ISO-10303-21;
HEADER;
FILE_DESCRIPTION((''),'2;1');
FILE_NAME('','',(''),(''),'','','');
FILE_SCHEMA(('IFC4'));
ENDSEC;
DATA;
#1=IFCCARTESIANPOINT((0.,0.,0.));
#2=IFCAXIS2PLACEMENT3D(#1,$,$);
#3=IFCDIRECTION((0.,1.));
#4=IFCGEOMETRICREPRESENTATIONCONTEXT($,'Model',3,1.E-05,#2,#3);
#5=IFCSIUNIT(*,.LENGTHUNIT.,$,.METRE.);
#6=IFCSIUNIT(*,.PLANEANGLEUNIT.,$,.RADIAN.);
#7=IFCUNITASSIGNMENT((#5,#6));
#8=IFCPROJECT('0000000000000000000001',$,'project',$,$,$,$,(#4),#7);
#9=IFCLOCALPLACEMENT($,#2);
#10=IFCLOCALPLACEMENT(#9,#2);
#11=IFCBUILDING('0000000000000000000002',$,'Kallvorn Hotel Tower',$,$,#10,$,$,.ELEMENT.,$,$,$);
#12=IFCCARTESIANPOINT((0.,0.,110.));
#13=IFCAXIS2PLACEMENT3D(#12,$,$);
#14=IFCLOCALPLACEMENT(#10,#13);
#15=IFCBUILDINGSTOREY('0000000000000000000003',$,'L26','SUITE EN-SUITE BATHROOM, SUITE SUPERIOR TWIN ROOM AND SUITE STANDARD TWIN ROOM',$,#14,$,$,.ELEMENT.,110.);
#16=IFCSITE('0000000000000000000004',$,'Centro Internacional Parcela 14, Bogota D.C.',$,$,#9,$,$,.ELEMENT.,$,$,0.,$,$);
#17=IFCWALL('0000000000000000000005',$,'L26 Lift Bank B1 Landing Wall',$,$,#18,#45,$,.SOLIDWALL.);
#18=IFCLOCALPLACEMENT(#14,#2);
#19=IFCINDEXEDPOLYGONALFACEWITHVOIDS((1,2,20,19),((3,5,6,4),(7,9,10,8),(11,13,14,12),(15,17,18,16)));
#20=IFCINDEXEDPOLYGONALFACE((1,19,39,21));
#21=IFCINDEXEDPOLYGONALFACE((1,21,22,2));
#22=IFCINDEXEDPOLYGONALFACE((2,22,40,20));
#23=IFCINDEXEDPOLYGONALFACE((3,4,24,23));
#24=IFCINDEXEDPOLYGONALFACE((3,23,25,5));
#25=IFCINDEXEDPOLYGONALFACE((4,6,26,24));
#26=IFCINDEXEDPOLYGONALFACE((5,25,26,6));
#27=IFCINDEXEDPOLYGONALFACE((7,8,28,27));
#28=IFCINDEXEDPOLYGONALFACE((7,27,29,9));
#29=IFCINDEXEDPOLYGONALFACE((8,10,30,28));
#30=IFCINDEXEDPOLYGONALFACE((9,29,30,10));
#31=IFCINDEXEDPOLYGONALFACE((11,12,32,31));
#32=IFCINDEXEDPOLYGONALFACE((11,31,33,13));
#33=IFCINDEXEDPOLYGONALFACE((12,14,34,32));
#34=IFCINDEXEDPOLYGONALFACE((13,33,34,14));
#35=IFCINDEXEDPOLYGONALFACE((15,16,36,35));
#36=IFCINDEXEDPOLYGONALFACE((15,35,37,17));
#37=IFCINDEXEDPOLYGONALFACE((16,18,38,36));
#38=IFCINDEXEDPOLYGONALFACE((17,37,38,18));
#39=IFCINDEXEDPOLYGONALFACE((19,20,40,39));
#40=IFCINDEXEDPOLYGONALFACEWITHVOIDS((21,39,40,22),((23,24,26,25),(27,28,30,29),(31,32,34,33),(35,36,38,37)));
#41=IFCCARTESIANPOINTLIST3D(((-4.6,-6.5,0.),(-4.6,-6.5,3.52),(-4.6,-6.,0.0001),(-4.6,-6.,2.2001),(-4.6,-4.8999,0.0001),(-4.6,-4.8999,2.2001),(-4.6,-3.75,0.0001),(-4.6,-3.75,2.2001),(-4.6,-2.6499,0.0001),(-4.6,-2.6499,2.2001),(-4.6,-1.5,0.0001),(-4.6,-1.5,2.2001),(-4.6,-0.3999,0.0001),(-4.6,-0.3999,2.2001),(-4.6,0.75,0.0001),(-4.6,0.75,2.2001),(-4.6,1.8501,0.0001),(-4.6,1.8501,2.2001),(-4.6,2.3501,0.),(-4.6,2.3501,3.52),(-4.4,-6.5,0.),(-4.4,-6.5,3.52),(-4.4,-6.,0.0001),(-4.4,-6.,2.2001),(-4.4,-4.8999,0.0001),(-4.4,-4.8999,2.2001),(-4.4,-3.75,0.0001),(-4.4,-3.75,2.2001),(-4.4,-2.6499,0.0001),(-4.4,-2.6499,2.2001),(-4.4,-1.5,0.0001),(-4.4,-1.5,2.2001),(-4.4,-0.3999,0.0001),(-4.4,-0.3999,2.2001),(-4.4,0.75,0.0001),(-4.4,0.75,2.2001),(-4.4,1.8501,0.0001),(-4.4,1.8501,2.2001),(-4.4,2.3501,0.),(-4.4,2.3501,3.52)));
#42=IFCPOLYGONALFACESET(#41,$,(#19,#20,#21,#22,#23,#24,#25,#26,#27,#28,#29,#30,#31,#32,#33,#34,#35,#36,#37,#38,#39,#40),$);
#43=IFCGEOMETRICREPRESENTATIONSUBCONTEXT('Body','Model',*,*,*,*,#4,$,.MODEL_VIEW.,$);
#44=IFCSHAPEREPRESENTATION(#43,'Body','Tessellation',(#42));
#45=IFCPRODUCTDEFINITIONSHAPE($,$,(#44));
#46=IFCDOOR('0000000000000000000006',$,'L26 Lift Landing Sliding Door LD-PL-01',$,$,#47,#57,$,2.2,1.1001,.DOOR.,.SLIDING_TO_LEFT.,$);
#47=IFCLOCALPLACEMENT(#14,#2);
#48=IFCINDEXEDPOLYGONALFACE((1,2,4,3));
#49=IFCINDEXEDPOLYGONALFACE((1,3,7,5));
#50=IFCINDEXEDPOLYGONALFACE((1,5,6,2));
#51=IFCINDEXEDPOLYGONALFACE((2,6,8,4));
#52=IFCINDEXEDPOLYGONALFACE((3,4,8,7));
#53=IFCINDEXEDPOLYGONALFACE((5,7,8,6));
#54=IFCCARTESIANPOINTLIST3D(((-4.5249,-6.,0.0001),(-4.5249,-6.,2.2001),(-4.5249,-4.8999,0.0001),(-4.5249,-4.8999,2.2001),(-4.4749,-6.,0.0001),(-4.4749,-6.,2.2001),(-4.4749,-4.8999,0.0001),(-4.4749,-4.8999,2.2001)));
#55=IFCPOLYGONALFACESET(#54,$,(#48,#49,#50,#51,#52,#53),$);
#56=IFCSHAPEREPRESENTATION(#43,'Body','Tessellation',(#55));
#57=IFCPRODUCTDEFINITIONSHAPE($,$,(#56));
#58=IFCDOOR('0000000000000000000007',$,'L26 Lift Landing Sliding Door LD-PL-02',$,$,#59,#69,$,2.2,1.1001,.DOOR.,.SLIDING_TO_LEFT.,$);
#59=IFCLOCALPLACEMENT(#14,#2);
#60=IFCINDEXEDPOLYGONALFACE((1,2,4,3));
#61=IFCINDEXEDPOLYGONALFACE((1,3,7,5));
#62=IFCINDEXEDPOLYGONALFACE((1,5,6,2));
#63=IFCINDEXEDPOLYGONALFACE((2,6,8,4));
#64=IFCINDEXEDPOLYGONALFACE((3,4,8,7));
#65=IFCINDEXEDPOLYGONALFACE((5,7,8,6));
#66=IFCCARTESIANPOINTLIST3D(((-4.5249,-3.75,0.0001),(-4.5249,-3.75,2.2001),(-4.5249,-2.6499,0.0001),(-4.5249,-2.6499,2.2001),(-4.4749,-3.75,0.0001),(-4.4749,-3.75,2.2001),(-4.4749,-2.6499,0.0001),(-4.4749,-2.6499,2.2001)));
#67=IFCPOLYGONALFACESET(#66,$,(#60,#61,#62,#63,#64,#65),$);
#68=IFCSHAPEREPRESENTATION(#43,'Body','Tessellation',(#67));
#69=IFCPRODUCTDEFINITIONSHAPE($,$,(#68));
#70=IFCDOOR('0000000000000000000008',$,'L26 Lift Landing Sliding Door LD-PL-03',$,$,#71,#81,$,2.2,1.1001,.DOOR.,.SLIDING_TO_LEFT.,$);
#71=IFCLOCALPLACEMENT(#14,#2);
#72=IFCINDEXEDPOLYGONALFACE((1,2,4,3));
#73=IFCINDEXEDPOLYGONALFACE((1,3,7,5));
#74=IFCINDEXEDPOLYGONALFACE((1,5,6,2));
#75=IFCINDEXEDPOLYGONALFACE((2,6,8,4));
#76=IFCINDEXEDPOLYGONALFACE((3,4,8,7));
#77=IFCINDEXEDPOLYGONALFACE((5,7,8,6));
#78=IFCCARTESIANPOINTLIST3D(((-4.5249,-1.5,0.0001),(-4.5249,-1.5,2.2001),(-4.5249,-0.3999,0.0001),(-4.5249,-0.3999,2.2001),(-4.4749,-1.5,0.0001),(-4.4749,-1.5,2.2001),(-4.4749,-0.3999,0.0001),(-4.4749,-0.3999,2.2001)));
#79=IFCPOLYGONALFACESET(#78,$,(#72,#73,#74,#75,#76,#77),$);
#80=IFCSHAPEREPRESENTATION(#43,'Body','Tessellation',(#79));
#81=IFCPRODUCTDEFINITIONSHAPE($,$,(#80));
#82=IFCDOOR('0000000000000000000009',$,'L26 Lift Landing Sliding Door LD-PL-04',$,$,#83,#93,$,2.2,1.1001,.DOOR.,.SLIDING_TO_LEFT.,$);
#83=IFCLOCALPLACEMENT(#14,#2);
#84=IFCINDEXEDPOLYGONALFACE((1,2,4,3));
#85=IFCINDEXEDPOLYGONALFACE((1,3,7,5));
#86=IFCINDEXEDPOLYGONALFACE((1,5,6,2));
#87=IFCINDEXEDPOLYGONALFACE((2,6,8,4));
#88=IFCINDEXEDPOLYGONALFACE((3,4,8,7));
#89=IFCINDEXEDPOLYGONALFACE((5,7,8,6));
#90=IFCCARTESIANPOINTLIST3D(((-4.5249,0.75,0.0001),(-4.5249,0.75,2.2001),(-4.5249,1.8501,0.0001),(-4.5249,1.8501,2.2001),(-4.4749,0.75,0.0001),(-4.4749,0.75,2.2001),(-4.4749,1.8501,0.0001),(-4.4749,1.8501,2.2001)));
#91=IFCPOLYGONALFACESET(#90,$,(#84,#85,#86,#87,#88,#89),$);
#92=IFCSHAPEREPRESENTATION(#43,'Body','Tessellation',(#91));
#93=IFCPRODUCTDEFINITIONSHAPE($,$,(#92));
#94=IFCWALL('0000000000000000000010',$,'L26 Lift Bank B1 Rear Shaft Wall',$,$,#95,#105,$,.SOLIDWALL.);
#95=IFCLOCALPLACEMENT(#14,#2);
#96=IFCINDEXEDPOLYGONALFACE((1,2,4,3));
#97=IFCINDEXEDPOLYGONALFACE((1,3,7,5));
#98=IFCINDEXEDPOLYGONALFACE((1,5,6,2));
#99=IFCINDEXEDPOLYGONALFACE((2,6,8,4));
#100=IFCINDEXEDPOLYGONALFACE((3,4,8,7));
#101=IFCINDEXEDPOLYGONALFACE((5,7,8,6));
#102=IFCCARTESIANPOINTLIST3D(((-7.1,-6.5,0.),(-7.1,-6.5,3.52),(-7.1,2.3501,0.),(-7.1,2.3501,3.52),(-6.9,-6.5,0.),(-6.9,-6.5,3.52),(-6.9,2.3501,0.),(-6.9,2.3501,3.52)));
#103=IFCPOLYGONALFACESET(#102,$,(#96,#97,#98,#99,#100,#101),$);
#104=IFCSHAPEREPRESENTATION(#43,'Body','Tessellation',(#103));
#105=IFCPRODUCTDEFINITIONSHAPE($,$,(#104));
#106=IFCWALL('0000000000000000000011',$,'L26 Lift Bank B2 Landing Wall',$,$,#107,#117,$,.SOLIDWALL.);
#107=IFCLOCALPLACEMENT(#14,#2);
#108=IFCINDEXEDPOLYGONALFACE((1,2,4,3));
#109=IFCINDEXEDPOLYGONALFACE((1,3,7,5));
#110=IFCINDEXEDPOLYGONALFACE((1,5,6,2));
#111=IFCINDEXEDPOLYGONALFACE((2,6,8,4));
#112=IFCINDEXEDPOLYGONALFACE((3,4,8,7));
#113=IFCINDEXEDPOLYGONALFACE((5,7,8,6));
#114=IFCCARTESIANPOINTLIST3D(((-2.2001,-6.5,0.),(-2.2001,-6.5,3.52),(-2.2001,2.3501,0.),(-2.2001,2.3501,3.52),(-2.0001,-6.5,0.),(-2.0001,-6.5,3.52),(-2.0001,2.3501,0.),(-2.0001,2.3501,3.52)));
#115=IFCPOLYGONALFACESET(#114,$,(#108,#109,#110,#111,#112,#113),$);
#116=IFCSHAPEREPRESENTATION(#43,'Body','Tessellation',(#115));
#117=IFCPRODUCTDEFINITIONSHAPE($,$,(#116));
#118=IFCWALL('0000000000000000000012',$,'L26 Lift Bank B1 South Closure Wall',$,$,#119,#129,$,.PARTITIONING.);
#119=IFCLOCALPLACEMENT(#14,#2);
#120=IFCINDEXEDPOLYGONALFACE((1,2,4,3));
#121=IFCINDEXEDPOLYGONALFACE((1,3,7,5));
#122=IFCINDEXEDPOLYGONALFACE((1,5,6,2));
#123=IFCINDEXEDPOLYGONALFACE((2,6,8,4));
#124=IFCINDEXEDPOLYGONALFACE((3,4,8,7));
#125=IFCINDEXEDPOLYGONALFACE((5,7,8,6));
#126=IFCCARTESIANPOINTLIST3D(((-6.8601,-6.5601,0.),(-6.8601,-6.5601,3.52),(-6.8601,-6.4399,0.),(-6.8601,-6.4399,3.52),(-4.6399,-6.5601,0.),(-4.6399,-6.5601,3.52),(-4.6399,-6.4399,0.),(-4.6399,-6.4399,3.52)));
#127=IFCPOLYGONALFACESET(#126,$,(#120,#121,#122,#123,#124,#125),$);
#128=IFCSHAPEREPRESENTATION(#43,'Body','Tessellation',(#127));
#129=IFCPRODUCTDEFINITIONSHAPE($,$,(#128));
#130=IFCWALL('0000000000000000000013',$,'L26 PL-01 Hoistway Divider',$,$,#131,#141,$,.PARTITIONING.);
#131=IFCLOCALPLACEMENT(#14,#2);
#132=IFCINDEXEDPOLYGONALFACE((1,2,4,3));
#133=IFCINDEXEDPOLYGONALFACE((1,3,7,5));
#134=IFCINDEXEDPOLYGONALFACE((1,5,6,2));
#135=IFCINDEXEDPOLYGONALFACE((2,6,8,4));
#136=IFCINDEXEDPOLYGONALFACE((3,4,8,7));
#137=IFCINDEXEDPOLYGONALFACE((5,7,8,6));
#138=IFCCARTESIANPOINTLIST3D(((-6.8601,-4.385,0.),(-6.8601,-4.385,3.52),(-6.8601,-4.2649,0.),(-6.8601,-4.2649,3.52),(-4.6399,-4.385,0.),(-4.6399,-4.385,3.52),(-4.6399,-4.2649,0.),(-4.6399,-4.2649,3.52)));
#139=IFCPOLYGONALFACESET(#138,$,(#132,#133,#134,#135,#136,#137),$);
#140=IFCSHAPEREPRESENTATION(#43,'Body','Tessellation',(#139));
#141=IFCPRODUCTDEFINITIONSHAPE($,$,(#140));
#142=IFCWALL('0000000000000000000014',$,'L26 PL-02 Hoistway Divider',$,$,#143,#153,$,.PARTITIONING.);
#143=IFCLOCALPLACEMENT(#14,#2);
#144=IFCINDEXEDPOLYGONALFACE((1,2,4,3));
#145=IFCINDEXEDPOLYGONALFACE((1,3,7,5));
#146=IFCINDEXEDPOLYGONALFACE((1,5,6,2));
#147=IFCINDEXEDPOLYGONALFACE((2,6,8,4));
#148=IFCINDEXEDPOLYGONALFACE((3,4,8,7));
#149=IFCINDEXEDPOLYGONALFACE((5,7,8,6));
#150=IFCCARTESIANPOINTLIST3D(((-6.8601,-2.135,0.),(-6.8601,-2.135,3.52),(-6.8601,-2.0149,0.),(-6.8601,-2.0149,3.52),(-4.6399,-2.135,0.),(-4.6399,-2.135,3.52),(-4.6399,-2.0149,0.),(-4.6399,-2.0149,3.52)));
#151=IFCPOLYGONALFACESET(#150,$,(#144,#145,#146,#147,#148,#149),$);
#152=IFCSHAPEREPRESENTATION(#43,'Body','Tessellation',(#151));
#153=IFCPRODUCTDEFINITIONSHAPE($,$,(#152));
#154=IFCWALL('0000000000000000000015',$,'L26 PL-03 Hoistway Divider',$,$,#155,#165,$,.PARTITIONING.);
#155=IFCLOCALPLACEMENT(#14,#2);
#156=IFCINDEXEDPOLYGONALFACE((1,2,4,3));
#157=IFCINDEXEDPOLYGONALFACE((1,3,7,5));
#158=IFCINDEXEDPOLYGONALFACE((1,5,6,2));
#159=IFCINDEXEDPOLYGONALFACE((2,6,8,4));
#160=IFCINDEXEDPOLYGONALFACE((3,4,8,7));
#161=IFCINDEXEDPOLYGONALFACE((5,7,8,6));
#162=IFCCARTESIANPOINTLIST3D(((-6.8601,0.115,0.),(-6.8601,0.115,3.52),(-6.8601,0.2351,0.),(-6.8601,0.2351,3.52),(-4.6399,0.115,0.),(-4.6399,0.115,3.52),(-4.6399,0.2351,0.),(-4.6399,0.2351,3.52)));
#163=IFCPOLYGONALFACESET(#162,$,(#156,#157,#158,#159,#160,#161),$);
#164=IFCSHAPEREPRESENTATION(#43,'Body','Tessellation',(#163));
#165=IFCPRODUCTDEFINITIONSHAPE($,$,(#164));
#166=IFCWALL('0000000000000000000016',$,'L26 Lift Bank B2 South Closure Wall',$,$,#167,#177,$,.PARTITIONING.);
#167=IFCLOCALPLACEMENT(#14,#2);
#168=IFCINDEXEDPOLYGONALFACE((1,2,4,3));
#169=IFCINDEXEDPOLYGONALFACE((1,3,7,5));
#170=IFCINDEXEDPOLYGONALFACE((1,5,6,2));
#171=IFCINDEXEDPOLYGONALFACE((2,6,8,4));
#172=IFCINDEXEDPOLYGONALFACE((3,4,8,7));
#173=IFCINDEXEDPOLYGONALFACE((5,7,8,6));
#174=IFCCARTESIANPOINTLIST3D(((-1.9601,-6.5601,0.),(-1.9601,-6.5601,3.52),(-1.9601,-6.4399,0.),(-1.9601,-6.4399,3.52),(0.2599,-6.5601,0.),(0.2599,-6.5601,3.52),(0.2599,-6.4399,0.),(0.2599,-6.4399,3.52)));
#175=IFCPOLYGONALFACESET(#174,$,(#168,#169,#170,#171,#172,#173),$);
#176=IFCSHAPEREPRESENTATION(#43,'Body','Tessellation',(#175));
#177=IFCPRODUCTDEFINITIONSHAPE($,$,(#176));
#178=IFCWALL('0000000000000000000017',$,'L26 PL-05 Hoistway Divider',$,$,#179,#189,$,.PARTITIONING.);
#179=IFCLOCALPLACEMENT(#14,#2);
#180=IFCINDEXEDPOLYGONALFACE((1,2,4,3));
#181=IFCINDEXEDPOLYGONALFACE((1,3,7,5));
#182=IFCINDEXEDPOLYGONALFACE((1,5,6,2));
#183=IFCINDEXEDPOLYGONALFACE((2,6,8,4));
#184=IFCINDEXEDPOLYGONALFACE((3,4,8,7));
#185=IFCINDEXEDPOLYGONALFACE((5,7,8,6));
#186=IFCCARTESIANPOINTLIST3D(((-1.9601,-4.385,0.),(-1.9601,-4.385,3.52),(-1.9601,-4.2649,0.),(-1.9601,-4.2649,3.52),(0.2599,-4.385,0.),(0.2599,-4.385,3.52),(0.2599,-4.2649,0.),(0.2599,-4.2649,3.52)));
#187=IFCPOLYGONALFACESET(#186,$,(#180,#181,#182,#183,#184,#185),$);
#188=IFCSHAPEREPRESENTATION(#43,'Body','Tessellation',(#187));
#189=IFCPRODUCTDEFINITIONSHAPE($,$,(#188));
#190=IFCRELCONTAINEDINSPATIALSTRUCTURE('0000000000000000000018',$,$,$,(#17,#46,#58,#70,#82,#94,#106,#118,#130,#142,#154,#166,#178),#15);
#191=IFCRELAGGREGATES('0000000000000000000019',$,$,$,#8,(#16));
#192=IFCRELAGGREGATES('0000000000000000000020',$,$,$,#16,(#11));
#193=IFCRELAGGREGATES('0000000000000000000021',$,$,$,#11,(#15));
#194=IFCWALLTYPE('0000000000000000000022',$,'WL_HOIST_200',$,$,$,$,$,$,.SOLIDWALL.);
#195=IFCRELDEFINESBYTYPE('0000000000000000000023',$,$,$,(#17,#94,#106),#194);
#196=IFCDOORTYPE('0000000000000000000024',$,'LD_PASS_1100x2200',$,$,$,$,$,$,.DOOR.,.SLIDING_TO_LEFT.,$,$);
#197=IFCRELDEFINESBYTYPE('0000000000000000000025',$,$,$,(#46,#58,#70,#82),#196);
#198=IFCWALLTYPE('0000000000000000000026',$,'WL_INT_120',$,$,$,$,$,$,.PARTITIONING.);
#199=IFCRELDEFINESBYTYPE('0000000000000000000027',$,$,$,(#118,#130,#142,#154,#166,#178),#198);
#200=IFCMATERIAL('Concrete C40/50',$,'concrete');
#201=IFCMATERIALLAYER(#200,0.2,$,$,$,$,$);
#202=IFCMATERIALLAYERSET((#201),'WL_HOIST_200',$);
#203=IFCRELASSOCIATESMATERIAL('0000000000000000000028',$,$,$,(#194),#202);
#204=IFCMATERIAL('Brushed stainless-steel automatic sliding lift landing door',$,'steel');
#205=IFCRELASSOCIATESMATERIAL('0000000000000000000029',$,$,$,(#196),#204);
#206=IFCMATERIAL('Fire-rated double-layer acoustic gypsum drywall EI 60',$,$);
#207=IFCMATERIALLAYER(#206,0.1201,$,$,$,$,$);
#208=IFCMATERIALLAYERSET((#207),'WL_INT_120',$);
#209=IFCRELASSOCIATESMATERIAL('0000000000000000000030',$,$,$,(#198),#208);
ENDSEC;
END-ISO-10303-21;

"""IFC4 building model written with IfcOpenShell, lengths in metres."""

from ifc_helpers import new_model, si_unit, direction, frame, frame_2d, origin, place, context, subcontext, project, spatial, rectangle, extrude, material, layer, layer_set, type_object, element, fill, save


model = new_model("IFC4")

# Units and contexts
model_context = context("Model", 3, precision=1e-05, world=origin(), true_north=direction((0.0, 1.0)))
body_context = subcontext(model_context, "Body", "Model", "MODEL_VIEW")
ifc_project = project(units=[si_unit("LENGTHUNIT", "METRE"), si_unit("PLANEANGLEUNIT", "RADIAN")], contexts=[model_context])

# Site, building, storey
site_placement = place(None, origin())
site = spatial("IfcSite", under=ifc_project, at=site_placement, Name="Centro Internacional Parcela 14, Bogota D.C.", CompositionType="ELEMENT", RefElevation=0.0)
building_placement = place(site_placement, origin())
building = spatial("IfcBuilding", under=site, at=building_placement, Name="Kallvorn Hotel Tower", CompositionType="ELEMENT")
storey_placement = place(building_placement, frame((0.0, 0.0, 110.0)))
storey = spatial("IfcBuildingStorey", under=building, at=storey_placement, Name="L26", Description="SUITE EN-SUITE BATHROOM, SUITE SUPERIOR TWIN ROOM AND SUITE STANDARD TWIN ROOM", CompositionType="ELEMENT", Elevation=110.0)

# Wall, openings, doors
ifc_material_1 = material(Name="Concrete C40/50", Category="concrete")
ifc_layer_1 = layer(ifc_material_1, 0.2)
ifc_layer_set_1 = layer_set([ifc_layer_1], Name="WL_HOIST_200")
wall_type_1 = type_object("IfcWallType", Name="WL_HOIST_200", PredefinedType="SOLIDWALL", material=ifc_layer_set_1)
wall_1_placement = place(storey_placement, frame((-4.5, -6.5, 0.0), z_axis=(0.0, 0.0, 1.0), x_axis=(0.0, 1.0, 0.0)))
wall_1 = element("IfcWall", 1, at=wall_1_placement, inside=storey, type_object=wall_type_1, Name="L26 Lift Bank B1 Landing Wall", PredefinedType="SOLIDWALL", context=body_context, shape_type="SweptSolid", body=[
    extrude(rectangle(XDim=8.8501, YDim=0.2, at=frame_2d((4.425, 0.0))), origin(), (0.0, 0.0, 1.0), 3.52),
])
opening_1_placement = place(wall_1_placement, frame((0.5, 0.0, 0.0)))
opening_1 = element("IfcOpeningElement", 2, at=opening_1_placement, cuts=wall_1, PredefinedType="OPENING", context=body_context, shape_type="SweptSolid", body=[
    extrude(rectangle(XDim=1.1001, YDim=2.2, at=frame_2d((0.55, 1.1001))), frame((0.0, 0.115, 0.0), z_axis=(0.0, -1.0, 0.0), x_axis=(1.0, 0.0, 0.0)), (0.0, 0.0, 1.0), 0.23),
])
opening_2_placement = place(wall_1_placement, frame((2.75, 0.0, 0.0)))
opening_2 = element("IfcOpeningElement", 3, at=opening_2_placement, cuts=wall_1, PredefinedType="OPENING", context=body_context, shape_type="SweptSolid", body=[
    extrude(rectangle(XDim=1.1001, YDim=2.2, at=frame_2d((0.55, 1.1001))), frame((0.0, 0.115, 0.0), z_axis=(0.0, -1.0, 0.0), x_axis=(1.0, 0.0, 0.0)), (0.0, 0.0, 1.0), 0.23),
])
opening_3_placement = place(wall_1_placement, frame((5.0, 0.0, 0.0)))
opening_3 = element("IfcOpeningElement", 4, at=opening_3_placement, cuts=wall_1, PredefinedType="OPENING", context=body_context, shape_type="SweptSolid", body=[
    extrude(rectangle(XDim=1.1001, YDim=2.2, at=frame_2d((0.55, 1.1001))), frame((0.0, 0.115, 0.0), z_axis=(0.0, -1.0, 0.0), x_axis=(1.0, 0.0, 0.0)), (0.0, 0.0, 1.0), 0.23),
])
opening_4_placement = place(wall_1_placement, frame((7.25, 0.0, 0.0)))
opening_4 = element("IfcOpeningElement", 5, at=opening_4_placement, cuts=wall_1, PredefinedType="OPENING", context=body_context, shape_type="SweptSolid", body=[
    extrude(rectangle(XDim=1.1001, YDim=2.2, at=frame_2d((0.55, 1.1001))), frame((0.0, 0.115, 0.0), z_axis=(0.0, -1.0, 0.0), x_axis=(1.0, 0.0, 0.0)), (0.0, 0.0, 1.0), 0.23),
])
ifc_material_2 = material(Name="Brushed stainless-steel automatic sliding lift landing door", Category="steel")
door_type_1 = type_object("IfcDoorType", Name="LD_PASS_1100x2200", OperationType="SLIDING_TO_LEFT", PredefinedType="DOOR", material=ifc_material_2)
door_1_placement = place(opening_1_placement, origin())
door_1 = element("IfcDoor", 6, at=door_1_placement, inside=storey, type_object=door_type_1, Name="L26 Lift Landing Sliding Door LD-PL-01", OperationType="SLIDING_TO_LEFT", OverallHeight=2.2, OverallWidth=1.1001, PredefinedType="DOOR", context=body_context, shape_type="SweptSolid", body=[
    extrude(rectangle(XDim=1.1001, YDim=2.2, at=frame_2d((0.55, 1.1001))), frame((0.0, 0.0249, 0.0), z_axis=(0.0, -1.0, 0.0), x_axis=(1.0, 0.0, 0.0)), (0.0, 0.0, 1.0), 0.05),
])
fill(opening_1, door_1)
door_2_placement = place(opening_2_placement, origin())
door_2 = element("IfcDoor", 7, at=door_2_placement, inside=storey, type_object=door_type_1, Name="L26 Lift Landing Sliding Door LD-PL-02", OperationType="SLIDING_TO_LEFT", OverallHeight=2.2, OverallWidth=1.1001, PredefinedType="DOOR", context=body_context, shape_type="SweptSolid", body=[
    extrude(rectangle(XDim=1.1001, YDim=2.2, at=frame_2d((0.55, 1.1001))), frame((0.0, 0.0249, 0.0), z_axis=(0.0, -1.0, 0.0), x_axis=(1.0, 0.0, 0.0)), (0.0, 0.0, 1.0), 0.05),
])
fill(opening_2, door_2)
door_3_placement = place(opening_3_placement, origin())
door_3 = element("IfcDoor", 8, at=door_3_placement, inside=storey, type_object=door_type_1, Name="L26 Lift Landing Sliding Door LD-PL-03", OperationType="SLIDING_TO_LEFT", OverallHeight=2.2, OverallWidth=1.1001, PredefinedType="DOOR", context=body_context, shape_type="SweptSolid", body=[
    extrude(rectangle(XDim=1.1001, YDim=2.2, at=frame_2d((0.55, 1.1001))), frame((0.0, 0.0249, 0.0), z_axis=(0.0, -1.0, 0.0), x_axis=(1.0, 0.0, 0.0)), (0.0, 0.0, 1.0), 0.05),
])
fill(opening_3, door_3)
door_4_placement = place(opening_4_placement, origin())
door_4 = element("IfcDoor", 9, at=door_4_placement, inside=storey, type_object=door_type_1, Name="L26 Lift Landing Sliding Door LD-PL-04", OperationType="SLIDING_TO_LEFT", OverallHeight=2.2, OverallWidth=1.1001, PredefinedType="DOOR", context=body_context, shape_type="SweptSolid", body=[
    extrude(rectangle(XDim=1.1001, YDim=2.2, at=frame_2d((0.55, 1.1001))), frame((0.0, 0.0249, 0.0), z_axis=(0.0, -1.0, 0.0), x_axis=(1.0, 0.0, 0.0)), (0.0, 0.0, 1.0), 0.05),
])
fill(opening_4, door_4)

# Walls
for number, where, z_axis, x_axis, name in (
    (10, (-7.0, -6.5, 0.0), (0.0, 0.0, 1.0), (0.0, 1.0, 0.0), "L26 Lift Bank B1 Rear Shaft Wall"),
    (11, (-2.1001, -6.5, 0.0), (0.0, 0.0, 1.0), (0.0, 1.0, 0.0), "L26 Lift Bank B2 Landing Wall"),
):
    element("IfcWall", number, at=place(storey_placement, frame(where, z_axis=z_axis, x_axis=x_axis)), inside=storey, type_object=wall_type_1, Name=name, PredefinedType="SOLIDWALL", context=body_context, shape_type="SweptSolid", body=[
        extrude(rectangle(XDim=8.8501, YDim=0.2, at=frame_2d((4.425, 0.0))), origin(), (0.0, 0.0, 1.0), 3.52),
    ])
ifc_material_3 = material(Name="Fire-rated double-layer acoustic gypsum drywall EI 60")
ifc_layer_2 = layer(ifc_material_3, 0.1201)
ifc_layer_set_2 = layer_set([ifc_layer_2], Name="WL_INT_120")
wall_type_2 = type_object("IfcWallType", Name="WL_INT_120", PredefinedType="PARTITIONING", material=ifc_layer_set_2)
for number, where, z_axis, x_axis, name in (
    (12, (-6.8601, -6.5, 0.0), (0.0, 0.0, 1.0), (1.0, 0.0, 0.0), "L26 Lift Bank B1 South Closure Wall"),
    (13, (-6.8601, -4.325, 0.0), (0.0, 0.0, 1.0), (1.0, 0.0, 0.0), "L26 PL-01 Hoistway Divider"),
    (14, (-6.8601, -2.075, 0.0), (0.0, 0.0, 1.0), (1.0, 0.0, 0.0), "L26 PL-02 Hoistway Divider"),
    (15, (-6.8601, 0.175, 0.0), (0.0, 0.0, 1.0), (1.0, 0.0, 0.0), "L26 PL-03 Hoistway Divider"),
):
    element("IfcWall", number, at=place(storey_placement, frame(where, z_axis=z_axis, x_axis=x_axis)), inside=storey, type_object=wall_type_2, Name=name, PredefinedType="PARTITIONING", context=body_context, shape_type="SweptSolid", body=[
        extrude(rectangle(XDim=2.2202, YDim=0.1201, at=frame_2d((1.1101, 0.0))), origin(), (0.0, 0.0, 1.0), 3.52),
    ])
for number, where, z_axis, x_axis, name in (
    (16, (-1.96, -6.5, 0.0), (0.0, 0.0, 1.0), (1.0, 0.0, 0.0), "L26 Lift Bank B2 South Closure Wall"),
    (17, (-1.96, -4.325, 0.0), (0.0, 0.0, 1.0), (1.0, 0.0, 0.0), "L26 PL-05 Hoistway Divider"),
):
    element("IfcWall", number, at=place(storey_placement, frame(where, z_axis=z_axis, x_axis=x_axis)), inside=storey, type_object=wall_type_2, Name=name, PredefinedType="PARTITIONING", context=body_context, shape_type="SweptSolid", body=[
        extrude(rectangle(XDim=2.22, YDim=0.1201, at=frame_2d((1.1099, 0.0))), origin(), (0.0, 0.0, 1.0), 3.52),
    ])

save(model, "model.ifc")
